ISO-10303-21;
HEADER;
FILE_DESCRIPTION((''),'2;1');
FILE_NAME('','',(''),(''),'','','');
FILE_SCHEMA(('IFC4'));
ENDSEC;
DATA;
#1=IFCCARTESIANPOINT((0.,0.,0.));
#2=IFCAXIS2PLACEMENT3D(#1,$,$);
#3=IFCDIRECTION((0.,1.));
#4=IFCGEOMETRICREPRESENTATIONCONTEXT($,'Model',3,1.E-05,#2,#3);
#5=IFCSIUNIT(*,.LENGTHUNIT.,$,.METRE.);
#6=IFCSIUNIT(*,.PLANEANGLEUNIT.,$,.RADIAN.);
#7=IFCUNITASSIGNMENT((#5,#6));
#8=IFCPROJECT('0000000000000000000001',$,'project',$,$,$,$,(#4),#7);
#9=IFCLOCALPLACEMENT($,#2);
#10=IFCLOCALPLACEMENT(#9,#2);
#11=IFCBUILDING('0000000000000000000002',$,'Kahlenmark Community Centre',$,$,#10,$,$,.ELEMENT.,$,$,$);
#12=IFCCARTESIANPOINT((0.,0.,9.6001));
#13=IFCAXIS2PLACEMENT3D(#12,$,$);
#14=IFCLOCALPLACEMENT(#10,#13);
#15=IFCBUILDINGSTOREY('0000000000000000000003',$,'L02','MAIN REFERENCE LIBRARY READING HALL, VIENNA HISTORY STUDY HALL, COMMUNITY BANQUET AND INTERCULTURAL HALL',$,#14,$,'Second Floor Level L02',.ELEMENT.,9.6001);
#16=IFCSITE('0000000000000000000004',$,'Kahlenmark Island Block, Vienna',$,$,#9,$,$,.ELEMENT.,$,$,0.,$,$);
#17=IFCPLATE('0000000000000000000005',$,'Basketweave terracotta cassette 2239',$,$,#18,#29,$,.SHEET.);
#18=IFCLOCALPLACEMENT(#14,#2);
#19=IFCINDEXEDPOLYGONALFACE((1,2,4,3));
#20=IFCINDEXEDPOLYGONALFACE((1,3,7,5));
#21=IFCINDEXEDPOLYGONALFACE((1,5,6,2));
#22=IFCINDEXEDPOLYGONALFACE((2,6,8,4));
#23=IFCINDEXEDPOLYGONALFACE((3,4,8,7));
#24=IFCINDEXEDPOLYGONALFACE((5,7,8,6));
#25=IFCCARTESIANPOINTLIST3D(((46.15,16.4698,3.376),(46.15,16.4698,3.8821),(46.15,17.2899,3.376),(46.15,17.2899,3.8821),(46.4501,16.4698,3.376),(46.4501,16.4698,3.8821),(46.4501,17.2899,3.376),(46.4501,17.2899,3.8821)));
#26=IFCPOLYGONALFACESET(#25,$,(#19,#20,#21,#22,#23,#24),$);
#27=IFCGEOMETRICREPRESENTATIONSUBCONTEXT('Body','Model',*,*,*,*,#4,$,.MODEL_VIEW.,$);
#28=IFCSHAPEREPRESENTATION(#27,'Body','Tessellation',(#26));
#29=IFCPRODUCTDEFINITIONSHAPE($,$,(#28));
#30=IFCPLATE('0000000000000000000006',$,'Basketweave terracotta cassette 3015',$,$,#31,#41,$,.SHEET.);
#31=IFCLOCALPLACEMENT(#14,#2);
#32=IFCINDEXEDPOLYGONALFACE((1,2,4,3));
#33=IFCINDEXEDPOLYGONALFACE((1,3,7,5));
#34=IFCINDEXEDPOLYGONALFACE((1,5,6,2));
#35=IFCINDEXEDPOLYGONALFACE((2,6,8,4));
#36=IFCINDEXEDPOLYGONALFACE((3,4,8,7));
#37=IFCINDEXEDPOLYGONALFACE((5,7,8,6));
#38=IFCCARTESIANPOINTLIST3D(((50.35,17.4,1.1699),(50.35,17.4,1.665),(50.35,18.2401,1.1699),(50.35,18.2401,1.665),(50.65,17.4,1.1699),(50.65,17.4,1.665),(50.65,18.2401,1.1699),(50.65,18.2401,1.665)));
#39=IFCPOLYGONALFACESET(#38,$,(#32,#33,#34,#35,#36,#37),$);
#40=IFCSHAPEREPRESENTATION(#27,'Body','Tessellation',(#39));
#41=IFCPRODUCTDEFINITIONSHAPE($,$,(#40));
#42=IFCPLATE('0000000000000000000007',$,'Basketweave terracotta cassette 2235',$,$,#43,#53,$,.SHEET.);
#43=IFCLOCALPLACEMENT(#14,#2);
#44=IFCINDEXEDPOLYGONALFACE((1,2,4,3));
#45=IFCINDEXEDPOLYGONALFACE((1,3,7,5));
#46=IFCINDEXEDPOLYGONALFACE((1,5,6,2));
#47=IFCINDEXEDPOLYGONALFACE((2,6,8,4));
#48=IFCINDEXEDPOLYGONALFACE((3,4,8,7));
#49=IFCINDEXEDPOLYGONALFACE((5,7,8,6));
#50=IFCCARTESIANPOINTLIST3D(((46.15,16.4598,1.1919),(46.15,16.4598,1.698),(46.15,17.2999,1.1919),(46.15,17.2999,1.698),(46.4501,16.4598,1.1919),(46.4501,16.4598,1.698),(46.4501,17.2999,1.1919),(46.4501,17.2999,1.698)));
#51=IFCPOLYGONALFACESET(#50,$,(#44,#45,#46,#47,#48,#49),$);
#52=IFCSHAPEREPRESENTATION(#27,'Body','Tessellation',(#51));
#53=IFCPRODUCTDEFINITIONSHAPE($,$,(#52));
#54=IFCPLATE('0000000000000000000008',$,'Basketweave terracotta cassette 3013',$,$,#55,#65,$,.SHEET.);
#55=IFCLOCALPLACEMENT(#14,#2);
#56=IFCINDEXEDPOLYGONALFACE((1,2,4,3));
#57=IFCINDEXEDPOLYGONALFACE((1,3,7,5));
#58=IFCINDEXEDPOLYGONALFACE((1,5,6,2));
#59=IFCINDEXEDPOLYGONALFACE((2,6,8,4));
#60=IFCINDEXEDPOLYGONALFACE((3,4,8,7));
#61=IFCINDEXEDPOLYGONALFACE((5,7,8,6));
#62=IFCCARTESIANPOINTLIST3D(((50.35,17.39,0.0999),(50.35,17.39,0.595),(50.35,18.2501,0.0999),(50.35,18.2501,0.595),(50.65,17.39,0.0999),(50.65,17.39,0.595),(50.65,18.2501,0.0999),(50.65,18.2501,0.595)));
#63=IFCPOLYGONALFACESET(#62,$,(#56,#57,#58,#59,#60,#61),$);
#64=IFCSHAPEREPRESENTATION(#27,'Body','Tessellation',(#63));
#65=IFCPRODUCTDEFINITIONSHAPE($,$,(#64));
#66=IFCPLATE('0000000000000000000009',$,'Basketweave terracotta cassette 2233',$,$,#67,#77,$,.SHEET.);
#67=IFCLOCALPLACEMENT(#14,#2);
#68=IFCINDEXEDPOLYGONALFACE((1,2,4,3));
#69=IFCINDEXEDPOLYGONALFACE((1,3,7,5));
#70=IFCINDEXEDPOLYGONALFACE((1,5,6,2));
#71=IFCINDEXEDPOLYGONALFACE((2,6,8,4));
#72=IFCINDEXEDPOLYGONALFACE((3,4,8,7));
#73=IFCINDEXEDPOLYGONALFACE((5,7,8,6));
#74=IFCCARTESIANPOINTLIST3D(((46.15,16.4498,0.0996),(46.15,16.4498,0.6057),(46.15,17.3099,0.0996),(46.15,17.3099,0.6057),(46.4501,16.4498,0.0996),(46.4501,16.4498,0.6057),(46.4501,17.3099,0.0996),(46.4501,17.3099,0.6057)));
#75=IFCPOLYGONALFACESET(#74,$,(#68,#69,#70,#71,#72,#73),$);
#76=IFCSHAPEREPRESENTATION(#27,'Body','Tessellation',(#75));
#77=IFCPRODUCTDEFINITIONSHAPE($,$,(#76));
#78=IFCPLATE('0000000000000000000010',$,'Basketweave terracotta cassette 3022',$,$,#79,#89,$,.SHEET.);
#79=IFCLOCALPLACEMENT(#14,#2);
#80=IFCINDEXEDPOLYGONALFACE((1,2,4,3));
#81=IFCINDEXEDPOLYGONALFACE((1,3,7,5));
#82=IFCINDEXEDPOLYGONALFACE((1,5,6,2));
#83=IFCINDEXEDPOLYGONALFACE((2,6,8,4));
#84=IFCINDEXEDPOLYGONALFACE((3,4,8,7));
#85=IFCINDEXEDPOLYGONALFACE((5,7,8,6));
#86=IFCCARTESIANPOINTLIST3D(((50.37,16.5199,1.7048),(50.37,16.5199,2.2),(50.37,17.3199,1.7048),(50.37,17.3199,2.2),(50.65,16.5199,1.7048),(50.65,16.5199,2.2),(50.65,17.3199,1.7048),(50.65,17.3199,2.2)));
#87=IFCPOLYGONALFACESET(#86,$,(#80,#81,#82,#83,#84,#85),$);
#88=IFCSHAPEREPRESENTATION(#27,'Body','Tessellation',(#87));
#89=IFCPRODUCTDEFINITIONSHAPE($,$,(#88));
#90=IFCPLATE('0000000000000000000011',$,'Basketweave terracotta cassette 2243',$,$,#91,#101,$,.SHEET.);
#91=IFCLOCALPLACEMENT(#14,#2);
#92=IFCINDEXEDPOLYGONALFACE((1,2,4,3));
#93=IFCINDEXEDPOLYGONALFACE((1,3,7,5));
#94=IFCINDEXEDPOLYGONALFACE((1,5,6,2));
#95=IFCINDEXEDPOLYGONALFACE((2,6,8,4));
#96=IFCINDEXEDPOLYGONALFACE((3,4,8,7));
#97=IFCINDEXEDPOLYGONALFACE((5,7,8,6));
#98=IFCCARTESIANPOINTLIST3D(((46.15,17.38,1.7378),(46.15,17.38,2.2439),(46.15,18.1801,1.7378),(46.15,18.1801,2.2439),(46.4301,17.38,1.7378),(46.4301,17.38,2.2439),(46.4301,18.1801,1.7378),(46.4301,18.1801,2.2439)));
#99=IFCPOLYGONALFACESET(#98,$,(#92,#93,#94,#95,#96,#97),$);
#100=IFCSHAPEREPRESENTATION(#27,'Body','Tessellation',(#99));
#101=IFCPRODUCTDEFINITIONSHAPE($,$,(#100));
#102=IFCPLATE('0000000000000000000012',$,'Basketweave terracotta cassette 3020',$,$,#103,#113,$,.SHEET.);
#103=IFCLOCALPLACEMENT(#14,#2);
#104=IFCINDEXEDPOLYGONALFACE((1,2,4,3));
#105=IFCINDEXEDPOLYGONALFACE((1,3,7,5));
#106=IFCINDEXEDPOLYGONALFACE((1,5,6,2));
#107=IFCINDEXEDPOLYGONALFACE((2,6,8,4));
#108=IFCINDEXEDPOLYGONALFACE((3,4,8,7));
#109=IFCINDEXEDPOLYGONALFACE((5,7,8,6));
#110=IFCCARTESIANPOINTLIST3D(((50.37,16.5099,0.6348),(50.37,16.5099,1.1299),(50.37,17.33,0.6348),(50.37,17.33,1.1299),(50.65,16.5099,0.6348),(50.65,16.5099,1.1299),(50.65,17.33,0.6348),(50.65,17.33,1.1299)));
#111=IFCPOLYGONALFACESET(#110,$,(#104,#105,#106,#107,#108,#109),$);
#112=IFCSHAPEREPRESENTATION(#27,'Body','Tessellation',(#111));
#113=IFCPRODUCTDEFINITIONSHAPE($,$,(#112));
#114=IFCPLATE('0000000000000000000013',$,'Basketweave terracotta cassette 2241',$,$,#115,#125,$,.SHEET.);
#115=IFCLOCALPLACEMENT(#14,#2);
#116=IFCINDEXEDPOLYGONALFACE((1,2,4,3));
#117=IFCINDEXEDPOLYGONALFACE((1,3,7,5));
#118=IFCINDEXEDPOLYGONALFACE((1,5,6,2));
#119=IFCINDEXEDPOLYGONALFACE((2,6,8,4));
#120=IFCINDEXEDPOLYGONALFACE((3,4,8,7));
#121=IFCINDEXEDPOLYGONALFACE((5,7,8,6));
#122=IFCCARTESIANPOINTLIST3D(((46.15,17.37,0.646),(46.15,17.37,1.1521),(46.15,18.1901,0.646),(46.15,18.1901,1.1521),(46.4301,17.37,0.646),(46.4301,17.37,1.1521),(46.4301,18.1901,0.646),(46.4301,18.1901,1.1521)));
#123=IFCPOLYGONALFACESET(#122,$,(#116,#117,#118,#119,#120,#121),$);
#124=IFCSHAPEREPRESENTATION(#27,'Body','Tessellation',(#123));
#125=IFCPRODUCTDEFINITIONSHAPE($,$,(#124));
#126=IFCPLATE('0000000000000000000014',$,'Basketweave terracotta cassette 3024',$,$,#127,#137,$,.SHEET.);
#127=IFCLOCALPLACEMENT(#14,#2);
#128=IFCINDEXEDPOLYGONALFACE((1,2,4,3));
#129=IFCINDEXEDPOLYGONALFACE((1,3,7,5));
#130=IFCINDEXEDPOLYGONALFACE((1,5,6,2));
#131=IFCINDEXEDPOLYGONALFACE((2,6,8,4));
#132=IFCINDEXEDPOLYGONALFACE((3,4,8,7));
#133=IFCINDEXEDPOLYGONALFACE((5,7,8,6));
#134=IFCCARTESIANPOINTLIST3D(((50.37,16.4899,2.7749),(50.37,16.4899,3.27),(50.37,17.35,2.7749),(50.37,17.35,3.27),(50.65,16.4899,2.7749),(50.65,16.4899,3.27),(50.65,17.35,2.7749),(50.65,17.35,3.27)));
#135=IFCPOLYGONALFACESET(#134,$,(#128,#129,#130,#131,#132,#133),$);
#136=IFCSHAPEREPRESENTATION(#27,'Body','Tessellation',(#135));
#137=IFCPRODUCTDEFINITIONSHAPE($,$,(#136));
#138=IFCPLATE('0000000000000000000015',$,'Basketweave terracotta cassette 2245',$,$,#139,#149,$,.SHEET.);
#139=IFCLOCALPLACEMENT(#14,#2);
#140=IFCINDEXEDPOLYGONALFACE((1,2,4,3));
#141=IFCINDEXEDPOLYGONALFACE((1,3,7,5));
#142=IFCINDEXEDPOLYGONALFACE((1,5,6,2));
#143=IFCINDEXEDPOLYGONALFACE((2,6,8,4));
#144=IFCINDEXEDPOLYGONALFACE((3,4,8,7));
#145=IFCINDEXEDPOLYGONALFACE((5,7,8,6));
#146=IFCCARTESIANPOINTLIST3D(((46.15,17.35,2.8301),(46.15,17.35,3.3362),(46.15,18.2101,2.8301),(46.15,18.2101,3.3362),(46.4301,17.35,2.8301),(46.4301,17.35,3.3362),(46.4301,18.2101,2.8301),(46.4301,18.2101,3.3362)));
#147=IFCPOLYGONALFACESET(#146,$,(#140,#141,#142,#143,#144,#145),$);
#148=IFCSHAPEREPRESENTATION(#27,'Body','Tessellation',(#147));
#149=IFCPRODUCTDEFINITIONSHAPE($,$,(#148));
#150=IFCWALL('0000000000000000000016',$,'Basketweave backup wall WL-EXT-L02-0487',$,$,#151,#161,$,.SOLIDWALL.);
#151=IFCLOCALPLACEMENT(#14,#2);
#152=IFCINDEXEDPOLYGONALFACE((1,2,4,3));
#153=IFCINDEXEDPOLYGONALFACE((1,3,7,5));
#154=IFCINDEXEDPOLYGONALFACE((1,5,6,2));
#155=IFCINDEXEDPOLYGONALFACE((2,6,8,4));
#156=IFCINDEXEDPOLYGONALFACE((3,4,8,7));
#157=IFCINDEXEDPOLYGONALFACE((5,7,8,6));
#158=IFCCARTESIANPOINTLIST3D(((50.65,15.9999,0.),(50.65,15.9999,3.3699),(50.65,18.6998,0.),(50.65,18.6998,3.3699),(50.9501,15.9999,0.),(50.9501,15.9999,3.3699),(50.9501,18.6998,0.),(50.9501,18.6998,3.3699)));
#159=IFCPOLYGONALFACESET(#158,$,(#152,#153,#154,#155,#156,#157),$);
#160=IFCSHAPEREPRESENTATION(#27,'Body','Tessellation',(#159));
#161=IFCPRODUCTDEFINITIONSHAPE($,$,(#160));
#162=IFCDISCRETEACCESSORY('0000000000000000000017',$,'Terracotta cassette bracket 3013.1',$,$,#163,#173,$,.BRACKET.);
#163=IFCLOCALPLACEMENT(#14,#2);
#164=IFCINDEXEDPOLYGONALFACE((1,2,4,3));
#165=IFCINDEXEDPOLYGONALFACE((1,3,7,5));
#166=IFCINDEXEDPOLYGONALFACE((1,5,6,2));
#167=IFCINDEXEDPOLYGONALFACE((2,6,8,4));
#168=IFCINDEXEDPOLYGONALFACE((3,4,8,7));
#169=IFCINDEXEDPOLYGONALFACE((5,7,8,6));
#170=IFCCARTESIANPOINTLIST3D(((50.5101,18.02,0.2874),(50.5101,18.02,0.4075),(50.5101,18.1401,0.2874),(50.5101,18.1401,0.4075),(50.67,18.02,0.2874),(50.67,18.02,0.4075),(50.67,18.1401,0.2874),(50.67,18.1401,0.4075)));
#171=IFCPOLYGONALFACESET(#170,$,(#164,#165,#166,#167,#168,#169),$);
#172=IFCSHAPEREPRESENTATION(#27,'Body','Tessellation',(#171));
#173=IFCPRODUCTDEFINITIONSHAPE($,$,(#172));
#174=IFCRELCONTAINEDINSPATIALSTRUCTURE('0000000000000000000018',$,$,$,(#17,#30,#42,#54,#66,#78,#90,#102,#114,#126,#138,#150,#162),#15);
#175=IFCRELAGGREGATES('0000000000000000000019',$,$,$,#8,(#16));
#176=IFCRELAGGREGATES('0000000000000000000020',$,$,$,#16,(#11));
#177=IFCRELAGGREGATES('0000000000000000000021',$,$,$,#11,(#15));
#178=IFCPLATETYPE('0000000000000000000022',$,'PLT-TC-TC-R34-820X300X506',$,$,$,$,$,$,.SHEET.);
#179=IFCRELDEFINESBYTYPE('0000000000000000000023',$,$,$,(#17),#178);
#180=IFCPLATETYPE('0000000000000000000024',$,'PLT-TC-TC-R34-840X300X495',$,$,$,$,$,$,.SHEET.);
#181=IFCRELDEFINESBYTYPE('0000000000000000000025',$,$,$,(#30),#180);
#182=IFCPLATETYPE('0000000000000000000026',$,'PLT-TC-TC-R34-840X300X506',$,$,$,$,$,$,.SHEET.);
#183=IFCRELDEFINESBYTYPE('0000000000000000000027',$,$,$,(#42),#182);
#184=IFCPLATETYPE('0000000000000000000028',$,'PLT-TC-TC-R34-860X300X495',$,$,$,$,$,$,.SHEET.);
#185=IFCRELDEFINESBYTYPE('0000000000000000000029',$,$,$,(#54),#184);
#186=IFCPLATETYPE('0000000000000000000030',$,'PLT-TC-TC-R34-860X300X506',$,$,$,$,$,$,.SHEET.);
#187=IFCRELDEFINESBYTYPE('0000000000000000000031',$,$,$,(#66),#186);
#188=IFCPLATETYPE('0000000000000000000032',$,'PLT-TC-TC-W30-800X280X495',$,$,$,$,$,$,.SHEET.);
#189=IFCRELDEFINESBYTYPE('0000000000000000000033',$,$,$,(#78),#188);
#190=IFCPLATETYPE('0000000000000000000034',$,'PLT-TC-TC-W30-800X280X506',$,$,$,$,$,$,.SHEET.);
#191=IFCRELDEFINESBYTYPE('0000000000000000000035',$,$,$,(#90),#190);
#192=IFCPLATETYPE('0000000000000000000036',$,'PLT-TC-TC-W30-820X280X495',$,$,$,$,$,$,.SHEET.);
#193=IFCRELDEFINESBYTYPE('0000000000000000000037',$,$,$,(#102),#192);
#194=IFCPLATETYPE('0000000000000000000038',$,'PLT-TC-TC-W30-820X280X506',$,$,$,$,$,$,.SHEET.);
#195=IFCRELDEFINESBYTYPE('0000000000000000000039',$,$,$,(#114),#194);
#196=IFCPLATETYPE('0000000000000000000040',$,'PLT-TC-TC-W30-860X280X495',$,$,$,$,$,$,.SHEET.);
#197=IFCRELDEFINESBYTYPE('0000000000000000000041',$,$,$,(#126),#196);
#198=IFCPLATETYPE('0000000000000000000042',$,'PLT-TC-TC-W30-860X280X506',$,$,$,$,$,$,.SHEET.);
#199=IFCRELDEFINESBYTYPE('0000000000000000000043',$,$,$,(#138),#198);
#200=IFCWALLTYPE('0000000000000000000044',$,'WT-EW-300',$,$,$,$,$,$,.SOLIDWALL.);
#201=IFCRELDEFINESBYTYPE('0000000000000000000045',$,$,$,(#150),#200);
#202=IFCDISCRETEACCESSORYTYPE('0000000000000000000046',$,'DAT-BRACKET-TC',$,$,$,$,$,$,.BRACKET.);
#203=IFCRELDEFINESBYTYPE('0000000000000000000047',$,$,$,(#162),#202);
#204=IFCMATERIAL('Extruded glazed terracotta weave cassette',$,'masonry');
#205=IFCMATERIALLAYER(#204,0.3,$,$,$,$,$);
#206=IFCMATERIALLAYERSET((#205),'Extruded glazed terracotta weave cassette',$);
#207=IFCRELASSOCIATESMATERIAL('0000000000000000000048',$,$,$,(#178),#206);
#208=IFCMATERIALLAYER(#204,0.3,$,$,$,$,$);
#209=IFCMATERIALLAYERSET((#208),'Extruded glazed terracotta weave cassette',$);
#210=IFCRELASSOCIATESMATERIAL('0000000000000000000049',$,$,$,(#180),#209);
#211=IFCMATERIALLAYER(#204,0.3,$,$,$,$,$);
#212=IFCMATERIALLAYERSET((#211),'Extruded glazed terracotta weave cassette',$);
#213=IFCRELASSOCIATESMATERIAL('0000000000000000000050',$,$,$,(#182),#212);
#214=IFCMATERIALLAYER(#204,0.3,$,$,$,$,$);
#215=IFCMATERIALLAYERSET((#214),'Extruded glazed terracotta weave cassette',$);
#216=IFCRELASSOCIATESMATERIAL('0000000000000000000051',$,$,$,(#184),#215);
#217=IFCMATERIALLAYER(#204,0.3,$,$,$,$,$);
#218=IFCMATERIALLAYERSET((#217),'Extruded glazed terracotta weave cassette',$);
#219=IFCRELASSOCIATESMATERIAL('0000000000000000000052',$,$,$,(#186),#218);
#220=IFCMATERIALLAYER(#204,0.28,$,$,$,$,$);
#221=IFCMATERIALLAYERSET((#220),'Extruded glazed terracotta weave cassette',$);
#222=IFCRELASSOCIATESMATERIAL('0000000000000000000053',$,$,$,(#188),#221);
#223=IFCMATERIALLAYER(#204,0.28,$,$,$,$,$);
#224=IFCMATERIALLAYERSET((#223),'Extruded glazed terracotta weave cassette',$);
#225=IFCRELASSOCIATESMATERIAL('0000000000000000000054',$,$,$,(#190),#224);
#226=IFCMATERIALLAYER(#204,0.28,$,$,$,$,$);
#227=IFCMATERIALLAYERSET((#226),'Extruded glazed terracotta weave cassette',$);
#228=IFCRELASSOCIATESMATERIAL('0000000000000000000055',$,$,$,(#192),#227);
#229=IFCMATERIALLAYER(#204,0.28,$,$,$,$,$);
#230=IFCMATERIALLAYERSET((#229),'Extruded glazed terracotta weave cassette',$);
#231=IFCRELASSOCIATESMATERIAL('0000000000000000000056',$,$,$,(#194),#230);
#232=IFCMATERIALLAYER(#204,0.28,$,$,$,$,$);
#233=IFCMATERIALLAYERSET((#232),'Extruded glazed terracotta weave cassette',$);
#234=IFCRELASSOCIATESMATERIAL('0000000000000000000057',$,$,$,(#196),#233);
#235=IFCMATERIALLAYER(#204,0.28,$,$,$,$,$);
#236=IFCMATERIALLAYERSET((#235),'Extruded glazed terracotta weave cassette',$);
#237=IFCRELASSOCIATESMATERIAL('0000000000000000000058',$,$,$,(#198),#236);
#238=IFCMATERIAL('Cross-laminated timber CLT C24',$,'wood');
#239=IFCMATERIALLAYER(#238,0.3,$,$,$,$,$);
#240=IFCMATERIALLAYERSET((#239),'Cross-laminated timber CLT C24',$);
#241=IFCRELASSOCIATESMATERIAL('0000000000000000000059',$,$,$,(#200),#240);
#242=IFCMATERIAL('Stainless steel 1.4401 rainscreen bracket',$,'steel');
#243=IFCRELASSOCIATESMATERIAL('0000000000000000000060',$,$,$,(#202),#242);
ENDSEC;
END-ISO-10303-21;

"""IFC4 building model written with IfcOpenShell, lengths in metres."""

from ifc_helpers import new_model, si_unit, direction, frame, frame_2d, origin, origin_2d, place, context, subcontext, project, spatial, rectangle, extrude, material, layer, layer_set, type_object, element, save


model = new_model("IFC4")

# Units and contexts
model_context = context("Model", 3, precision=1e-05, world=origin(), true_north=direction((0.0, 1.0)))
body_context = subcontext(model_context, "Body", "Model", "MODEL_VIEW")
ifc_project = project(units=[si_unit("LENGTHUNIT", "METRE"), si_unit("PLANEANGLEUNIT", "RADIAN")], contexts=[model_context])

# Site, building, storey
site_placement = place(None, origin())
site = spatial("IfcSite", under=ifc_project, at=site_placement, Name="Kahlenmark Island Block, Vienna", CompositionType="ELEMENT", RefElevation=0.0)
building_placement = place(site_placement, origin())
building = spatial("IfcBuilding", under=site, at=building_placement, Name="Kahlenmark Community Centre", CompositionType="ELEMENT")
storey_placement = place(building_placement, frame((0.0, 0.0, 9.6001)))
storey = spatial("IfcBuildingStorey", under=building, at=storey_placement, Name="L02", Description="MAIN REFERENCE LIBRARY READING HALL, VIENNA HISTORY STUDY HALL, COMMUNITY BANQUET AND INTERCULTURAL HALL", LongName="Second Floor Level L02", CompositionType="ELEMENT", Elevation=9.6001)

# Plates
ifc_material_1 = material(Name="Extruded glazed terracotta weave cassette", Category="masonry")
ifc_layer_1 = layer(ifc_material_1, 0.3)
ifc_layer_set_1 = layer_set([ifc_layer_1], Name="Extruded glazed terracotta weave cassette")
plate_type_1 = type_object("IfcPlateType", Name="PLT-TC-TC-R34-820X300X506", PredefinedType="SHEET", material=ifc_layer_set_1)
plate_1_placement = place(storey_placement, frame((46.3, 16.8799, 3.376), z_axis=(0.0, 0.0, 1.0), x_axis=(0.0, 1.0, 0.0)))
element("IfcPlate", 1, at=plate_1_placement, inside=storey, type_object=plate_type_1, Name="Basketweave terracotta cassette 2239", PredefinedType="SHEET", context=body_context, shape_type="SweptSolid", body=[
    extrude(rectangle(XDim=0.8201, YDim=0.3, at=origin_2d()), origin(), (0.0, 0.0, 1.0), 0.5061),
])
ifc_layer_2 = layer(ifc_material_1, 0.3)
ifc_layer_set_2 = layer_set([ifc_layer_2], Name="Extruded glazed terracotta weave cassette")
plate_type_2 = type_object("IfcPlateType", Name="PLT-TC-TC-R34-840X300X495", PredefinedType="SHEET", material=ifc_layer_set_2)
plate_2_placement = place(storey_placement, frame((50.5, 17.8201, 1.1699), z_axis=(0.0, 0.0, 1.0), x_axis=(0.0, -1.0, 0.0)))
element("IfcPlate", 2, at=plate_2_placement, inside=storey, type_object=plate_type_2, Name="Basketweave terracotta cassette 3015", PredefinedType="SHEET", context=body_context, shape_type="SweptSolid", body=[
    extrude(rectangle(XDim=0.8401, YDim=0.3, at=origin_2d()), origin(), (0.0, 0.0, 1.0), 0.4951),
])
ifc_layer_3 = layer(ifc_material_1, 0.3)
ifc_layer_set_3 = layer_set([ifc_layer_3], Name="Extruded glazed terracotta weave cassette")
plate_type_3 = type_object("IfcPlateType", Name="PLT-TC-TC-R34-840X300X506", PredefinedType="SHEET", material=ifc_layer_set_3)
plate_3_placement = place(storey_placement, frame((46.3, 16.8799, 1.1919), z_axis=(0.0, 0.0, 1.0), x_axis=(0.0, 1.0, 0.0)))
element("IfcPlate", 3, at=plate_3_placement, inside=storey, type_object=plate_type_3, Name="Basketweave terracotta cassette 2235", PredefinedType="SHEET", context=body_context, shape_type="SweptSolid", body=[
    extrude(rectangle(XDim=0.8401, YDim=0.3, at=origin_2d()), origin(), (0.0, 0.0, 1.0), 0.5061),
])
ifc_layer_4 = layer(ifc_material_1, 0.3)
ifc_layer_set_4 = layer_set([ifc_layer_4], Name="Extruded glazed terracotta weave cassette")
plate_type_4 = type_object("IfcPlateType", Name="PLT-TC-TC-R34-860X300X495", PredefinedType="SHEET", material=ifc_layer_set_4)
plate_4_placement = place(storey_placement, frame((50.5, 17.8201, 0.0999), z_axis=(0.0, 0.0, 1.0), x_axis=(0.0, -1.0, 0.0)))
element("IfcPlate", 4, at=plate_4_placement, inside=storey, type_object=plate_type_4, Name="Basketweave terracotta cassette 3013", PredefinedType="SHEET", context=body_context, shape_type="SweptSolid", body=[
    extrude(rectangle(XDim=0.8601, YDim=0.3, at=origin_2d()), origin(), (0.0, 0.0, 1.0), 0.4951),
])
ifc_layer_5 = layer(ifc_material_1, 0.3)
ifc_layer_set_5 = layer_set([ifc_layer_5], Name="Extruded glazed terracotta weave cassette")
plate_type_5 = type_object("IfcPlateType", Name="PLT-TC-TC-R34-860X300X506", PredefinedType="SHEET", material=ifc_layer_set_5)
plate_5_placement = place(storey_placement, frame((46.3, 16.8799, 0.0996), z_axis=(0.0, 0.0, 1.0), x_axis=(0.0, 1.0, 0.0)))
element("IfcPlate", 5, at=plate_5_placement, inside=storey, type_object=plate_type_5, Name="Basketweave terracotta cassette 2233", PredefinedType="SHEET", context=body_context, shape_type="SweptSolid", body=[
    extrude(rectangle(XDim=0.8601, YDim=0.3, at=origin_2d()), origin(), (0.0, 0.0, 1.0), 0.5061),
])
ifc_layer_6 = layer(ifc_material_1, 0.28)
ifc_layer_set_6 = layer_set([ifc_layer_6], Name="Extruded glazed terracotta weave cassette")
plate_type_6 = type_object("IfcPlateType", Name="PLT-TC-TC-W30-800X280X495", PredefinedType="SHEET", material=ifc_layer_set_6)
plate_6_placement = place(storey_placement, frame((50.51, 16.9199, 1.7048), z_axis=(0.0, 0.0, 1.0), x_axis=(0.0, -1.0, 0.0)))
element("IfcPlate", 6, at=plate_6_placement, inside=storey, type_object=plate_type_6, Name="Basketweave terracotta cassette 3022", PredefinedType="SHEET", context=body_context, shape_type="SweptSolid", body=[
    extrude(rectangle(XDim=0.8, YDim=0.28, at=origin_2d()), origin(), (0.0, 0.0, 1.0), 0.4951),
])
ifc_layer_7 = layer(ifc_material_1, 0.28)
ifc_layer_set_7 = layer_set([ifc_layer_7], Name="Extruded glazed terracotta weave cassette")
plate_type_7 = type_object("IfcPlateType", Name="PLT-TC-TC-W30-800X280X506", PredefinedType="SHEET", material=ifc_layer_set_7)
plate_7_placement = place(storey_placement, frame((46.29, 17.78, 1.7378), z_axis=(0.0, 0.0, 1.0), x_axis=(0.0, 1.0, 0.0)))
element("IfcPlate", 7, at=plate_7_placement, inside=storey, type_object=plate_type_7, Name="Basketweave terracotta cassette 2243", PredefinedType="SHEET", context=body_context, shape_type="SweptSolid", body=[
    extrude(rectangle(XDim=0.8, YDim=0.28, at=origin_2d()), origin(), (0.0, 0.0, 1.0), 0.5061),
])
ifc_layer_8 = layer(ifc_material_1, 0.28)
ifc_layer_set_8 = layer_set([ifc_layer_8], Name="Extruded glazed terracotta weave cassette")
plate_type_8 = type_object("IfcPlateType", Name="PLT-TC-TC-W30-820X280X495", PredefinedType="SHEET", material=ifc_layer_set_8)
plate_8_placement = place(storey_placement, frame((50.51, 16.9199, 0.6348), z_axis=(0.0, 0.0, 1.0), x_axis=(0.0, -1.0, 0.0)))
element("IfcPlate", 8, at=plate_8_placement, inside=storey, type_object=plate_type_8, Name="Basketweave terracotta cassette 3020", PredefinedType="SHEET", context=body_context, shape_type="SweptSolid", body=[
    extrude(rectangle(XDim=0.8201, YDim=0.28, at=origin_2d()), origin(), (0.0, 0.0, 1.0), 0.4951),
])
ifc_layer_9 = layer(ifc_material_1, 0.28)
ifc_layer_set_9 = layer_set([ifc_layer_9], Name="Extruded glazed terracotta weave cassette")
plate_type_9 = type_object("IfcPlateType", Name="PLT-TC-TC-W30-820X280X506", PredefinedType="SHEET", material=ifc_layer_set_9)
plate_9_placement = place(storey_placement, frame((46.29, 17.78, 0.646), z_axis=(0.0, 0.0, 1.0), x_axis=(0.0, 1.0, 0.0)))
element("IfcPlate", 9, at=plate_9_placement, inside=storey, type_object=plate_type_9, Name="Basketweave terracotta cassette 2241", PredefinedType="SHEET", context=body_context, shape_type="SweptSolid", body=[
    extrude(rectangle(XDim=0.8201, YDim=0.28, at=origin_2d()), origin(), (0.0, 0.0, 1.0), 0.5061),
])
ifc_layer_10 = layer(ifc_material_1, 0.28)
ifc_layer_set_10 = layer_set([ifc_layer_10], Name="Extruded glazed terracotta weave cassette")
plate_type_10 = type_object("IfcPlateType", Name="PLT-TC-TC-W30-860X280X495", PredefinedType="SHEET", material=ifc_layer_set_10)
plate_10_placement = place(storey_placement, frame((50.51, 16.9199, 2.7749), z_axis=(0.0, 0.0, 1.0), x_axis=(0.0, -1.0, 0.0)))
element("IfcPlate", 10, at=plate_10_placement, inside=storey, type_object=plate_type_10, Name="Basketweave terracotta cassette 3024", PredefinedType="SHEET", context=body_context, shape_type="SweptSolid", body=[
    extrude(rectangle(XDim=0.8601, YDim=0.28, at=origin_2d()), origin(), (0.0, 0.0, 1.0), 0.4951),
])
ifc_layer_11 = layer(ifc_material_1, 0.28)
ifc_layer_set_11 = layer_set([ifc_layer_11], Name="Extruded glazed terracotta weave cassette")
plate_type_11 = type_object("IfcPlateType", Name="PLT-TC-TC-W30-860X280X506", PredefinedType="SHEET", material=ifc_layer_set_11)
plate_11_placement = place(storey_placement, frame((46.29, 17.78, 2.8301), z_axis=(0.0, 0.0, 1.0), x_axis=(0.0, 1.0, 0.0)))
element("IfcPlate", 11, at=plate_11_placement, inside=storey, type_object=plate_type_11, Name="Basketweave terracotta cassette 2245", PredefinedType="SHEET", context=body_context, shape_type="SweptSolid", body=[
    extrude(rectangle(XDim=0.8601, YDim=0.28, at=origin_2d()), origin(), (0.0, 0.0, 1.0), 0.5061),
])

# Wall
ifc_material_2 = material(Name="Cross-laminated timber CLT C24", Category="wood")
ifc_layer_12 = layer(ifc_material_2, 0.3)
ifc_layer_set_12 = layer_set([ifc_layer_12], Name="Cross-laminated timber CLT C24")
wall_type = type_object("IfcWallType", Name="WT-EW-300", PredefinedType="SOLIDWALL", material=ifc_layer_set_12)
wall_placement = place(storey_placement, frame((50.8, 18.7, 0.0), z_axis=(0.0, 0.0, 1.0), x_axis=(0.0, -1.0, 0.0)))
element("IfcWall", 12, at=wall_placement, inside=storey, type_object=wall_type, Name="Basketweave backup wall WL-EXT-L02-0487", PredefinedType="SOLIDWALL", context=body_context, shape_type="SweptSolid", body=[
    extrude(rectangle(XDim=2.7, YDim=0.3, at=frame_2d((1.3501, 0.0))), origin(), (0.0, 0.0, 1.0), 3.3699),
])

# Discrete accessory
ifc_material_3 = material(Name="Stainless steel 1.4401 rainscreen bracket", Category="steel")
discrete_accessory_type = type_object("IfcDiscreteAccessoryType", Name="DAT-BRACKET-TC", PredefinedType="BRACKET", material=ifc_material_3)
for number, where, z_axis, x_axis, name in (
    (13, (50.5901, 18.0801, 0.2874), (0.0, 0.0, 1.0), (0.0, -1.0, 0.0), "Terracotta cassette bracket 3013.1"),
):
    element("IfcDiscreteAccessory", number, at=place(storey_placement, frame(where, z_axis=z_axis, x_axis=x_axis)), inside=storey, type_object=discrete_accessory_type, Name=name, PredefinedType="BRACKET", context=body_context, shape_type="SweptSolid", body=[
        extrude(rectangle(XDim=0.1201, YDim=0.1599, at=origin_2d()), origin(), (0.0, 0.0, 1.0), 0.1201),
    ])

save(model, "model.ifc")
